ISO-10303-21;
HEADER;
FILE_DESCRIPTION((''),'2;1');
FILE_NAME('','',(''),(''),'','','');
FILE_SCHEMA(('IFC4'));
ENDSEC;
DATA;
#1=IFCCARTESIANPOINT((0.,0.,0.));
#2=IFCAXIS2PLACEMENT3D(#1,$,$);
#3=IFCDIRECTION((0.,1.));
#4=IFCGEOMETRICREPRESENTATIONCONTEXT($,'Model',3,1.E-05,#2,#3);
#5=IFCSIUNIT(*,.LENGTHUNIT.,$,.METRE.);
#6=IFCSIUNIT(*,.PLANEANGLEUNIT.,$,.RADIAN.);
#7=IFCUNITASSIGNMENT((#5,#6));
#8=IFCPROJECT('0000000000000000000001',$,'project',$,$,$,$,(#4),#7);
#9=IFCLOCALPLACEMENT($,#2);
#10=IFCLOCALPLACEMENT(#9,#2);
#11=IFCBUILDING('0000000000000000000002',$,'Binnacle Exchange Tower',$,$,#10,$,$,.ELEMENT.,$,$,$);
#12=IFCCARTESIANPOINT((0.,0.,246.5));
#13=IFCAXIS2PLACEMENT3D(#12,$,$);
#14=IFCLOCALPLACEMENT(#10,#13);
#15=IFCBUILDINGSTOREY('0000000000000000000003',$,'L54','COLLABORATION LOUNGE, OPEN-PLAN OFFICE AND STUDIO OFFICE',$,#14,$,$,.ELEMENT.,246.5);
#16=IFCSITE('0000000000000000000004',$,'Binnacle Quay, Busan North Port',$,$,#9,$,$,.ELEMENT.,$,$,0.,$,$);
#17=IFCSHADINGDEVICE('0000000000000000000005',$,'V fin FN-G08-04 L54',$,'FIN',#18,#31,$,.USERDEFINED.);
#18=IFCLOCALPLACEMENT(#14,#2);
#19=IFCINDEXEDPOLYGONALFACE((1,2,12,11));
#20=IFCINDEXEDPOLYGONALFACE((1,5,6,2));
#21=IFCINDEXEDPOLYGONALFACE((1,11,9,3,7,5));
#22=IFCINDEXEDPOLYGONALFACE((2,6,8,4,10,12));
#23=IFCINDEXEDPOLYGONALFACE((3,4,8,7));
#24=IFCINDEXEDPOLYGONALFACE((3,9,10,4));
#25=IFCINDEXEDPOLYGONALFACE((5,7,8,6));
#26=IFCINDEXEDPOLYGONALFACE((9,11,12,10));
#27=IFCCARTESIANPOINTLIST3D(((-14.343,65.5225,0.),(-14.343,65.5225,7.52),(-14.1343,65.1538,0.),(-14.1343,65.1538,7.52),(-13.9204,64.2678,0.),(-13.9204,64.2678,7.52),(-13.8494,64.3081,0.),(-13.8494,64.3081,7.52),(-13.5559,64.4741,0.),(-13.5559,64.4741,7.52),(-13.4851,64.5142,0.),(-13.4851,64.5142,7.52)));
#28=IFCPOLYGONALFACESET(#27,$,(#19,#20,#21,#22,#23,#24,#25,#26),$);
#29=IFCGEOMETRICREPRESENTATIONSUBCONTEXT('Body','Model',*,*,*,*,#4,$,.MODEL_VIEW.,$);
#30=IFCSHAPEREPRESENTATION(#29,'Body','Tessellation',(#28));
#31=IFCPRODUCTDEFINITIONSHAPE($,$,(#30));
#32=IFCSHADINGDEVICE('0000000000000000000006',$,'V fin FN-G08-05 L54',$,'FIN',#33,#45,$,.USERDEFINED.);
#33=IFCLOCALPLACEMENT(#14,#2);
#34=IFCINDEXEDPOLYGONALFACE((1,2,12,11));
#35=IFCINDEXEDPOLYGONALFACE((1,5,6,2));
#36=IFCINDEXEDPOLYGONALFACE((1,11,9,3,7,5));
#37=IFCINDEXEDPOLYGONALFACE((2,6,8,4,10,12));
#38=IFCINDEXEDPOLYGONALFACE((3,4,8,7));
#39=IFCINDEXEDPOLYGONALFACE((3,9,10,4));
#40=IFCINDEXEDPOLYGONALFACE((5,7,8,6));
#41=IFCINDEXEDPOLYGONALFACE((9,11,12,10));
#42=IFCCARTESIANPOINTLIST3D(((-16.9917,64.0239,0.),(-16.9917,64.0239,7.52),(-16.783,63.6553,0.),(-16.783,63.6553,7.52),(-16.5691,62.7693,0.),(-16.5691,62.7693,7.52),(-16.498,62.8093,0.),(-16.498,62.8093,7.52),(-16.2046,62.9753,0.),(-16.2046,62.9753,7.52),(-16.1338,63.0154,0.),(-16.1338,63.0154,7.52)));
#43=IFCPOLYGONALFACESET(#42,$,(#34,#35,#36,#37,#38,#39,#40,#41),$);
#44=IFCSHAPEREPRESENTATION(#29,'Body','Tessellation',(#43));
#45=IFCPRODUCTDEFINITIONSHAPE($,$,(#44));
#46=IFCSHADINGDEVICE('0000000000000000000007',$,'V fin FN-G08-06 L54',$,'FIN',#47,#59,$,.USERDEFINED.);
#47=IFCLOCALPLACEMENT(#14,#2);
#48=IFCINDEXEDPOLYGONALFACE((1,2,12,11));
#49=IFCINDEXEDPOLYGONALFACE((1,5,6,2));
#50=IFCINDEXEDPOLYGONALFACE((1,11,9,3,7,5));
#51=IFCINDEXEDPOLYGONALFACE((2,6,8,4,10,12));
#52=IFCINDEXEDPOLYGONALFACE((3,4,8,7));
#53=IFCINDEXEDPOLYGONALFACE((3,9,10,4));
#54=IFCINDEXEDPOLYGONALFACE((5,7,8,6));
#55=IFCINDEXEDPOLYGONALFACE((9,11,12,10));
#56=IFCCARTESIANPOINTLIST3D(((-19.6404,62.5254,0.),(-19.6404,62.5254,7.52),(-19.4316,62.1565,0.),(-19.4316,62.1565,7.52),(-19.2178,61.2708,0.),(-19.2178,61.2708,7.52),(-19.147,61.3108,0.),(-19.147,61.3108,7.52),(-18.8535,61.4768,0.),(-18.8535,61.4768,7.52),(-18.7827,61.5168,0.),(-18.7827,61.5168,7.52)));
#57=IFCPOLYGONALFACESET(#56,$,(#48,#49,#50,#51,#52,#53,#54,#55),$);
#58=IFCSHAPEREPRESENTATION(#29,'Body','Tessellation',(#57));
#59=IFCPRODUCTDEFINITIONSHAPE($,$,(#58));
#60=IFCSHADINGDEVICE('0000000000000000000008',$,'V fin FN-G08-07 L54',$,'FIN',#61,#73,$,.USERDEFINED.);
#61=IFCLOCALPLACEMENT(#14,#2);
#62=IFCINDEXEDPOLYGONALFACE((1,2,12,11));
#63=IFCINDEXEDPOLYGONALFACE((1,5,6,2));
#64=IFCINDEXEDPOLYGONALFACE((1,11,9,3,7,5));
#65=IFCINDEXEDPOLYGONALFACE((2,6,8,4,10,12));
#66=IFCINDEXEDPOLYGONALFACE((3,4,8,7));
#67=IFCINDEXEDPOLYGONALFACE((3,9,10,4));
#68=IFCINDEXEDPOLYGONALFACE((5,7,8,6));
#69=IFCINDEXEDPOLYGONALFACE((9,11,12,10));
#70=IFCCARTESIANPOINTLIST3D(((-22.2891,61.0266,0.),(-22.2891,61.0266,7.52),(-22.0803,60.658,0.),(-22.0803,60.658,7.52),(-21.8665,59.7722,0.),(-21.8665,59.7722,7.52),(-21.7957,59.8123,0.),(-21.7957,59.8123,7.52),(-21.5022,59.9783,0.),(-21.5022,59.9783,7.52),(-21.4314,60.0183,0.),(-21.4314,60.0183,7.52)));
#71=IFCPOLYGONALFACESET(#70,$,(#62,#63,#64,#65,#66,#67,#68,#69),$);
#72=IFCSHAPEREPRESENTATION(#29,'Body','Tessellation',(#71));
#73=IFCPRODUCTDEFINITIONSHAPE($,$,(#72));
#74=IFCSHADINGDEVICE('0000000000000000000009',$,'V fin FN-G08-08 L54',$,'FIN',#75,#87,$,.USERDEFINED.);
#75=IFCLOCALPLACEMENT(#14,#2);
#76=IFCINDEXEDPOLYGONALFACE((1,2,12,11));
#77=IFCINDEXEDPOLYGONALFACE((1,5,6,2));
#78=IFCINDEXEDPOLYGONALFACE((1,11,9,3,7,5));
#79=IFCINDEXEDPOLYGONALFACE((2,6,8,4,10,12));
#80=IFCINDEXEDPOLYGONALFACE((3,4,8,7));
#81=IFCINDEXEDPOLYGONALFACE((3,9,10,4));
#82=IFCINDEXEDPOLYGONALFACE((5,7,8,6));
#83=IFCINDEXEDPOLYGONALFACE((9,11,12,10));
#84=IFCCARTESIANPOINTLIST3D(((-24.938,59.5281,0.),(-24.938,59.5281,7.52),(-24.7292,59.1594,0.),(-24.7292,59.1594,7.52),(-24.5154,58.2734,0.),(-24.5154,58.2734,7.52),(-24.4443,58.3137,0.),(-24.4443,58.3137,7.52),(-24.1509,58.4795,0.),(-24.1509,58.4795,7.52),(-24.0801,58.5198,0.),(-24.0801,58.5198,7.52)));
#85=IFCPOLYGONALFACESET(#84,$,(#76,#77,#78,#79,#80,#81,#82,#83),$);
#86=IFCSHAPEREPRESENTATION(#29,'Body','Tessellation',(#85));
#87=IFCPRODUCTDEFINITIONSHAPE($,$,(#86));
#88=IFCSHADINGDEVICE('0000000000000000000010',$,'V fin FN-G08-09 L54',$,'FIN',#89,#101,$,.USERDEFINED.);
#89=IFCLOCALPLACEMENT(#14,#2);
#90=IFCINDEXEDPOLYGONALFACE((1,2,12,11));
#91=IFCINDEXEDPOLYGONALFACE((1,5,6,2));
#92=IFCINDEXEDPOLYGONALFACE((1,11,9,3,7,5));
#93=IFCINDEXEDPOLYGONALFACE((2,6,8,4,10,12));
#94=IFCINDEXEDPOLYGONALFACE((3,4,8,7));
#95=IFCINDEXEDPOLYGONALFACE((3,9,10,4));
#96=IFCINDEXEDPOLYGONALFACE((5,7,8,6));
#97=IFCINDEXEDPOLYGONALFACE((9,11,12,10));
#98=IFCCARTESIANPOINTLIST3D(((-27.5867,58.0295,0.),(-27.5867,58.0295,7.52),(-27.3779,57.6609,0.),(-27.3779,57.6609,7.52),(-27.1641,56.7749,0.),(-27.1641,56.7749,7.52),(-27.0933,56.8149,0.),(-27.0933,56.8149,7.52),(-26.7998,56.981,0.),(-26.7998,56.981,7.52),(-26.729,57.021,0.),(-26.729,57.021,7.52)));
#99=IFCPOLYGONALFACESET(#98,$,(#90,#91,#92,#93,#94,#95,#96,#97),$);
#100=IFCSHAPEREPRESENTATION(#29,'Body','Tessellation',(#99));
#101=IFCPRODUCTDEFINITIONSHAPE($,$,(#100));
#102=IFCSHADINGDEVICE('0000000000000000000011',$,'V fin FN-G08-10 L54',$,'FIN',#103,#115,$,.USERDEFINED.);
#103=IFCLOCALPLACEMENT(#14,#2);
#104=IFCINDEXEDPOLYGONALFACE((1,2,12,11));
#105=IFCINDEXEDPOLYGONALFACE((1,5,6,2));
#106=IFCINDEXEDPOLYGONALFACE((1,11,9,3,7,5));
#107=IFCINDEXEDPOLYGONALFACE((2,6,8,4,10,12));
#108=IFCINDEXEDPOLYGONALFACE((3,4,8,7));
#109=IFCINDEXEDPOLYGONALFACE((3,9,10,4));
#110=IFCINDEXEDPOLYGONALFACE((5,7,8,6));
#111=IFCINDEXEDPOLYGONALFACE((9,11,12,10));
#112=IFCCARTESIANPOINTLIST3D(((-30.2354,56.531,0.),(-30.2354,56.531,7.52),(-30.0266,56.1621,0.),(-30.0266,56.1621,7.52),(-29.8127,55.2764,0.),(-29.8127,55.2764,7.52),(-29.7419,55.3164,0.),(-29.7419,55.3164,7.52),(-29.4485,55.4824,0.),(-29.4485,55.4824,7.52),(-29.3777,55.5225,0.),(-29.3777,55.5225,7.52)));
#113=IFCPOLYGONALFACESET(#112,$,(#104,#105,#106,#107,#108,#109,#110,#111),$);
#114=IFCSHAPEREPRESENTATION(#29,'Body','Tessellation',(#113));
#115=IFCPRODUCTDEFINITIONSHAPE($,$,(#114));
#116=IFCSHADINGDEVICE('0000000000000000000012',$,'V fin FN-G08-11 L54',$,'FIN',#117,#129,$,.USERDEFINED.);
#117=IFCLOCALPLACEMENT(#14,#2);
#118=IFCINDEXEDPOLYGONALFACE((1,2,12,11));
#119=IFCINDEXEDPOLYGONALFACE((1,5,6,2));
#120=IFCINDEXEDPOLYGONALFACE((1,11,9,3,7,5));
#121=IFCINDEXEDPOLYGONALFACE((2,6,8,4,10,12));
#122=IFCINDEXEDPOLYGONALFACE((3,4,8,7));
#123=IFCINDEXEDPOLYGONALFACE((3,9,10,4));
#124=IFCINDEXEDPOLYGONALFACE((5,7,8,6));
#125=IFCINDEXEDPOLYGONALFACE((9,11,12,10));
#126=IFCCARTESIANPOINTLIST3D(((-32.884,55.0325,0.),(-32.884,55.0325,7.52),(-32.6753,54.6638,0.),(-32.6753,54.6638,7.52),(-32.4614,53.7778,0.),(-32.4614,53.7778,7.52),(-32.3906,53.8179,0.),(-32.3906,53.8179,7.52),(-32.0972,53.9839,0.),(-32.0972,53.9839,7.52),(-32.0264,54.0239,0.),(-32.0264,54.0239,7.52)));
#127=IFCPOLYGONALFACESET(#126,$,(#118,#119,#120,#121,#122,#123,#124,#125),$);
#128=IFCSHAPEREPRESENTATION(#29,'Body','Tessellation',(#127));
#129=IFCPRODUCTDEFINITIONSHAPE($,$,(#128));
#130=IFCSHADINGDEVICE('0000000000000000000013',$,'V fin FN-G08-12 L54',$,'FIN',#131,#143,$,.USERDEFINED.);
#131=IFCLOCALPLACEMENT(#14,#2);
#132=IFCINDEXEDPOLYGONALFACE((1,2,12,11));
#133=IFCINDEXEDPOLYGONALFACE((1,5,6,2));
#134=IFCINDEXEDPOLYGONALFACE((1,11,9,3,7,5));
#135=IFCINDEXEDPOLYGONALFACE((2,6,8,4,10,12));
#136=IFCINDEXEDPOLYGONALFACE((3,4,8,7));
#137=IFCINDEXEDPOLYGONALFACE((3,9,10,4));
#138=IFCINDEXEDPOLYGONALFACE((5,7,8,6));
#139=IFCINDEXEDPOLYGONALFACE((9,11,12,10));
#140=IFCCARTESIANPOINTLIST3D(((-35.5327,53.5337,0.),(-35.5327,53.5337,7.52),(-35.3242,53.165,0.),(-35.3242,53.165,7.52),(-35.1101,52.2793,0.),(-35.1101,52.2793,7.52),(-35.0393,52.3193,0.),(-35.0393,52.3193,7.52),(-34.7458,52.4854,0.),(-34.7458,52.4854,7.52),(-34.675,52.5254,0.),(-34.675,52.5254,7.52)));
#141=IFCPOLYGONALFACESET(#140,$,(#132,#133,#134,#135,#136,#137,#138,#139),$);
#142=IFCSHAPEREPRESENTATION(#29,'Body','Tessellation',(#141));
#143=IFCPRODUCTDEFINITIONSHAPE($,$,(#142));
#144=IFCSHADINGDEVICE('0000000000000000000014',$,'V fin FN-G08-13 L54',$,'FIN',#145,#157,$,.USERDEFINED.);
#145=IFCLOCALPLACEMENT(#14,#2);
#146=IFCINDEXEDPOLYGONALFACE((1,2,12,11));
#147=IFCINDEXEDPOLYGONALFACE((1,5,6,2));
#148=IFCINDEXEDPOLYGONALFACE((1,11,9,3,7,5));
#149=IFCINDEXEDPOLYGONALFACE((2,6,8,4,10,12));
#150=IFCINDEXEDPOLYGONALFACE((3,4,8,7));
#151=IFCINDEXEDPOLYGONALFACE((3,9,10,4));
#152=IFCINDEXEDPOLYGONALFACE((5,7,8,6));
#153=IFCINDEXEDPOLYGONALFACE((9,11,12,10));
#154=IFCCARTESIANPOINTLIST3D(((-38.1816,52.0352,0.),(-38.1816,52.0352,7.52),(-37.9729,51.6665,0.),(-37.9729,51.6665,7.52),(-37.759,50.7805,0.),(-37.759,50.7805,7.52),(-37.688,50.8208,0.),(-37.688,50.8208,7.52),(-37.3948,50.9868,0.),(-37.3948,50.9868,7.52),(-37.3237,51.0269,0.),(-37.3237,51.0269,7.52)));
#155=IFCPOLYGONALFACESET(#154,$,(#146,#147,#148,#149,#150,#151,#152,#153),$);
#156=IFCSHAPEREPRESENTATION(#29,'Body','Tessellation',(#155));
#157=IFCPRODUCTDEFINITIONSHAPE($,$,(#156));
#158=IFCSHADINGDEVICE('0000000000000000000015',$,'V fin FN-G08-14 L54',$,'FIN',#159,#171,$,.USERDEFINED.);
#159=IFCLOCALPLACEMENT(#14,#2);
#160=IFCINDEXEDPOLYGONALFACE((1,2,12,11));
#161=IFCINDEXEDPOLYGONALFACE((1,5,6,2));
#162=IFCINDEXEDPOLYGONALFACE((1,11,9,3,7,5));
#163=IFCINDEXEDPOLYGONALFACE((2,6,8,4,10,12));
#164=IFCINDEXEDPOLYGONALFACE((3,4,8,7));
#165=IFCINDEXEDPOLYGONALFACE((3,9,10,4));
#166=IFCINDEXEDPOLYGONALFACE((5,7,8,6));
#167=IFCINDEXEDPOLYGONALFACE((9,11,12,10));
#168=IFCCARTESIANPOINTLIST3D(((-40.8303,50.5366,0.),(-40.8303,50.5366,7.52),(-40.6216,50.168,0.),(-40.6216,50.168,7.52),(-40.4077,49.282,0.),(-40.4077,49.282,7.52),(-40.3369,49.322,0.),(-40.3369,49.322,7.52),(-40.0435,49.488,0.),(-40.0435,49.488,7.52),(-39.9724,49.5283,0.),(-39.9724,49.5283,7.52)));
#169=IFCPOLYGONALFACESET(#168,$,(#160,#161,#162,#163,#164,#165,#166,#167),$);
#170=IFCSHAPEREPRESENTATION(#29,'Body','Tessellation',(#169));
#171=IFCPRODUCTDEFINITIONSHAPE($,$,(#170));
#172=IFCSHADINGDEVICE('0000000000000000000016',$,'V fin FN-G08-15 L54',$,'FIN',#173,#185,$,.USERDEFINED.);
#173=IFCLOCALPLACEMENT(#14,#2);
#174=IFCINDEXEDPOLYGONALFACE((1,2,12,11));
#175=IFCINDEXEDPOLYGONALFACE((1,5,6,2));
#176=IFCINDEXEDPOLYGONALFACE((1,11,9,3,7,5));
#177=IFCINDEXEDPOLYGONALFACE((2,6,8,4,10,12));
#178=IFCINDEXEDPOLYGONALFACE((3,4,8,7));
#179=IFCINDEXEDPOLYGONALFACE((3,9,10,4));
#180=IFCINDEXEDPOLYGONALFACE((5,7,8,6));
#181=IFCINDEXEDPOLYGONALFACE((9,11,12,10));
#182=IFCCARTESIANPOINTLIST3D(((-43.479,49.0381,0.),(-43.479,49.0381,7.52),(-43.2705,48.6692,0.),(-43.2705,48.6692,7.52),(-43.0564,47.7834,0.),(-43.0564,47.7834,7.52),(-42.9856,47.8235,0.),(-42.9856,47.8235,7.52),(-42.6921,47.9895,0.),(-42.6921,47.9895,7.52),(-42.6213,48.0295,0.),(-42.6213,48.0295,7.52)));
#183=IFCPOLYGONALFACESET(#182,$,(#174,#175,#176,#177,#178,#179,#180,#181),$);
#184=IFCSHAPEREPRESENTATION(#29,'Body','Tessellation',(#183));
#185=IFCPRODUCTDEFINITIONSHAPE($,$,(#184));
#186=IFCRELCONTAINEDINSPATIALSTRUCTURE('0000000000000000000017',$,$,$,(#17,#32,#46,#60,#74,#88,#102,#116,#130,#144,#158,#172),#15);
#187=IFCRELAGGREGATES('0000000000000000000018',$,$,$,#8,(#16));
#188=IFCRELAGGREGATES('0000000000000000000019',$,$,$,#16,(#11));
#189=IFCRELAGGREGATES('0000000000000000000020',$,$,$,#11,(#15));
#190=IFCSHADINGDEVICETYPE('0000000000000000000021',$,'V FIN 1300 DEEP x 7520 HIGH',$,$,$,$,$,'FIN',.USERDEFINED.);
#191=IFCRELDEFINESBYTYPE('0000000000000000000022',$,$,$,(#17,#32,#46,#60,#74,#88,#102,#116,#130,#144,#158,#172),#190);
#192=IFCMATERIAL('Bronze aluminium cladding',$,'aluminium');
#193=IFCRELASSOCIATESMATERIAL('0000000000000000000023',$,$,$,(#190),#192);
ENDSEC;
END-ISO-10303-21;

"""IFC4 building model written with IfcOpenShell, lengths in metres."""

from ifc_helpers import new_model, si_unit, direction, frame, origin, place, context, subcontext, project, spatial, polyline, outline, extrude, material, type_object, element, save


model = new_model("IFC4")

# Units and contexts
model_context = context("Model", 3, precision=1e-05, world=origin(), true_north=direction((0.0, 1.0)))
body_context = subcontext(model_context, "Body", "Model", "MODEL_VIEW")
ifc_project = project(units=[si_unit("LENGTHUNIT", "METRE"), si_unit("PLANEANGLEUNIT", "RADIAN")], contexts=[model_context])

# Site, building, storey
site_placement = place(None, origin())
site = spatial("IfcSite", under=ifc_project, at=site_placement, Name="Binnacle Quay, Busan North Port", CompositionType="ELEMENT", RefElevation=0.0)
building_placement = place(site_placement, origin())
building = spatial("IfcBuilding", under=site, at=building_placement, Name="Binnacle Exchange Tower", CompositionType="ELEMENT")
storey_placement = place(building_placement, frame((0.0, 0.0, 246.5)))
storey = spatial("IfcBuildingStorey", under=building, at=storey_placement, Name="L54", Description="COLLABORATION LOUNGE, OPEN-PLAN OFFICE AND STUDIO OFFICE", CompositionType="ELEMENT", Elevation=246.5)

# Shading devices
ifc_material_1 = material(Name="Bronze aluminium cladding", Category="aluminium")
shading_device_type = type_object("IfcShadingDeviceType", Name="V FIN 1300 DEEP x 7520 HIGH", ElementType="FIN", PredefinedType="USERDEFINED", material=ifc_material_1)
shading_device_1_placement = place(storey_placement, origin())
element("IfcShadingDevice", 1, at=shading_device_1_placement, inside=storey, type_object=shading_device_type, Name="V fin FN-G08-04 L54", ObjectType="FIN", PredefinedType="USERDEFINED", context=body_context, shape_type="SweptSolid", body=[
    extrude(outline(polyline([(-13.4851, 64.5142), (-14.343, 65.5225), (-13.9204, 64.2678), (-13.8494, 64.3081), (-14.1343, 65.1538), (-13.5559, 64.4741), (-13.4851, 64.5142)])), origin(), (0.0, 0.0, 1.0), 7.52),
])
shading_device_2_placement = place(storey_placement, origin())
element("IfcShadingDevice", 2, at=shading_device_2_placement, inside=storey, type_object=shading_device_type, Name="V fin FN-G08-05 L54", ObjectType="FIN", PredefinedType="USERDEFINED", context=body_context, shape_type="SweptSolid", body=[
    extrude(outline(polyline([(-16.1338, 63.0154), (-16.9917, 64.0239), (-16.5691, 62.7693), (-16.498, 62.8093), (-16.783, 63.6553), (-16.2046, 62.9753), (-16.1338, 63.0154)])), origin(), (0.0, 0.0, 1.0), 7.52),
])
shading_device_3_placement = place(storey_placement, origin())
element("IfcShadingDevice", 3, at=shading_device_3_placement, inside=storey, type_object=shading_device_type, Name="V fin FN-G08-06 L54", ObjectType="FIN", PredefinedType="USERDEFINED", context=body_context, shape_type="SweptSolid", body=[
    extrude(outline(polyline([(-18.7827, 61.5168), (-19.6404, 62.5254), (-19.2178, 61.2708), (-19.147, 61.3108), (-19.4316, 62.1565), (-18.8535, 61.4768), (-18.7827, 61.5168)])), origin(), (0.0, 0.0, 1.0), 7.52),
])
shading_device_4_placement = place(storey_placement, origin())
element("IfcShadingDevice", 4, at=shading_device_4_placement, inside=storey, type_object=shading_device_type, Name="V fin FN-G08-07 L54", ObjectType="FIN", PredefinedType="USERDEFINED", context=body_context, shape_type="SweptSolid", body=[
    extrude(outline(polyline([(-21.4314, 60.0183), (-22.2891, 61.0266), (-21.8665, 59.7722), (-21.7957, 59.8123), (-22.0803, 60.658), (-21.5022, 59.9783), (-21.4314, 60.0183)])), origin(), (0.0, 0.0, 1.0), 7.52),
])
shading_device_5_placement = place(storey_placement, origin())
element("IfcShadingDevice", 5, at=shading_device_5_placement, inside=storey, type_object=shading_device_type, Name="V fin FN-G08-08 L54", ObjectType="FIN", PredefinedType="USERDEFINED", context=body_context, shape_type="SweptSolid", body=[
    extrude(outline(polyline([(-24.0801, 58.5198), (-24.938, 59.5281), (-24.5154, 58.2734), (-24.4443, 58.3137), (-24.7292, 59.1594), (-24.1509, 58.4795), (-24.0801, 58.5198)])), origin(), (0.0, 0.0, 1.0), 7.52),
])
shading_device_6_placement = place(storey_placement, origin())
element("IfcShadingDevice", 6, at=shading_device_6_placement, inside=storey, type_object=shading_device_type, Name="V fin FN-G08-09 L54", ObjectType="FIN", PredefinedType="USERDEFINED", context=body_context, shape_type="SweptSolid", body=[
    extrude(outline(polyline([(-26.729, 57.021), (-27.5867, 58.0295), (-27.1641, 56.7749), (-27.0933, 56.8149), (-27.3779, 57.6609), (-26.7998, 56.981), (-26.729, 57.021)])), origin(), (0.0, 0.0, 1.0), 7.52),
])
shading_device_7_placement = place(storey_placement, origin())
element("IfcShadingDevice", 7, at=shading_device_7_placement, inside=storey, type_object=shading_device_type, Name="V fin FN-G08-10 L54", ObjectType="FIN", PredefinedType="USERDEFINED", context=body_context, shape_type="SweptSolid", body=[
    extrude(outline(polyline([(-29.3777, 55.5225), (-30.2354, 56.531), (-29.8127, 55.2764), (-29.7419, 55.3164), (-30.0266, 56.1621), (-29.4485, 55.4824), (-29.3777, 55.5225)])), origin(), (0.0, 0.0, 1.0), 7.52),
])
shading_device_8_placement = place(storey_placement, origin())
element("IfcShadingDevice", 8, at=shading_device_8_placement, inside=storey, type_object=shading_device_type, Name="V fin FN-G08-11 L54", ObjectType="FIN", PredefinedType="USERDEFINED", context=body_context, shape_type="SweptSolid", body=[
    extrude(outline(polyline([(-32.0264, 54.0239), (-32.884, 55.0325), (-32.4614, 53.7778), (-32.3906, 53.8179), (-32.6753, 54.6638), (-32.0972, 53.9839), (-32.0264, 54.0239)])), origin(), (0.0, 0.0, 1.0), 7.52),
])
shading_device_9_placement = place(storey_placement, origin())
element("IfcShadingDevice", 9, at=shading_device_9_placement, inside=storey, type_object=shading_device_type, Name="V fin FN-G08-12 L54", ObjectType="FIN", PredefinedType="USERDEFINED", context=body_context, shape_type="SweptSolid", body=[
    extrude(outline(polyline([(-34.675, 52.5254), (-35.5327, 53.5337), (-35.1101, 52.2793), (-35.0393, 52.3193), (-35.3242, 53.165), (-34.7458, 52.4854), (-34.675, 52.5254)])), origin(), (0.0, 0.0, 1.0), 7.52),
])
shading_device_10_placement = place(storey_placement, origin())
element("IfcShadingDevice", 10, at=shading_device_10_placement, inside=storey, type_object=shading_device_type, Name="V fin FN-G08-13 L54", ObjectType="FIN", PredefinedType="USERDEFINED", context=body_context, shape_type="SweptSolid", body=[
    extrude(outline(polyline([(-37.3237, 51.0269), (-38.1816, 52.0352), (-37.759, 50.7805), (-37.688, 50.8208), (-37.9729, 51.6665), (-37.3948, 50.9868), (-37.3237, 51.0269)])), origin(), (0.0, 0.0, 1.0), 7.52),
])
shading_device_11_placement = place(storey_placement, origin())
element("IfcShadingDevice", 11, at=shading_device_11_placement, inside=storey, type_object=shading_device_type, Name="V fin FN-G08-14 L54", ObjectType="FIN", PredefinedType="USERDEFINED", context=body_context, shape_type="SweptSolid", body=[
    extrude(outline(polyline([(-39.9724, 49.5283), (-40.8303, 50.5366), (-40.4077, 49.282), (-40.3369, 49.322), (-40.6216, 50.168), (-40.0435, 49.488), (-39.9724, 49.5283)])), origin(), (0.0, 0.0, 1.0), 7.52),
])
shading_device_12_placement = place(storey_placement, origin())
element("IfcShadingDevice", 12, at=shading_device_12_placement, inside=storey, type_object=shading_device_type, Name="V fin FN-G08-15 L54", ObjectType="FIN", PredefinedType="USERDEFINED", context=body_context, shape_type="SweptSolid", body=[
    extrude(outline(polyline([(-42.6213, 48.0295), (-43.479, 49.0381), (-43.0564, 47.7834), (-42.9856, 47.8235), (-43.2705, 48.6692), (-42.6921, 47.9895), (-42.6213, 48.0295)])), origin(), (0.0, 0.0, 1.0), 7.52),
])

save(model, "model.ifc")
